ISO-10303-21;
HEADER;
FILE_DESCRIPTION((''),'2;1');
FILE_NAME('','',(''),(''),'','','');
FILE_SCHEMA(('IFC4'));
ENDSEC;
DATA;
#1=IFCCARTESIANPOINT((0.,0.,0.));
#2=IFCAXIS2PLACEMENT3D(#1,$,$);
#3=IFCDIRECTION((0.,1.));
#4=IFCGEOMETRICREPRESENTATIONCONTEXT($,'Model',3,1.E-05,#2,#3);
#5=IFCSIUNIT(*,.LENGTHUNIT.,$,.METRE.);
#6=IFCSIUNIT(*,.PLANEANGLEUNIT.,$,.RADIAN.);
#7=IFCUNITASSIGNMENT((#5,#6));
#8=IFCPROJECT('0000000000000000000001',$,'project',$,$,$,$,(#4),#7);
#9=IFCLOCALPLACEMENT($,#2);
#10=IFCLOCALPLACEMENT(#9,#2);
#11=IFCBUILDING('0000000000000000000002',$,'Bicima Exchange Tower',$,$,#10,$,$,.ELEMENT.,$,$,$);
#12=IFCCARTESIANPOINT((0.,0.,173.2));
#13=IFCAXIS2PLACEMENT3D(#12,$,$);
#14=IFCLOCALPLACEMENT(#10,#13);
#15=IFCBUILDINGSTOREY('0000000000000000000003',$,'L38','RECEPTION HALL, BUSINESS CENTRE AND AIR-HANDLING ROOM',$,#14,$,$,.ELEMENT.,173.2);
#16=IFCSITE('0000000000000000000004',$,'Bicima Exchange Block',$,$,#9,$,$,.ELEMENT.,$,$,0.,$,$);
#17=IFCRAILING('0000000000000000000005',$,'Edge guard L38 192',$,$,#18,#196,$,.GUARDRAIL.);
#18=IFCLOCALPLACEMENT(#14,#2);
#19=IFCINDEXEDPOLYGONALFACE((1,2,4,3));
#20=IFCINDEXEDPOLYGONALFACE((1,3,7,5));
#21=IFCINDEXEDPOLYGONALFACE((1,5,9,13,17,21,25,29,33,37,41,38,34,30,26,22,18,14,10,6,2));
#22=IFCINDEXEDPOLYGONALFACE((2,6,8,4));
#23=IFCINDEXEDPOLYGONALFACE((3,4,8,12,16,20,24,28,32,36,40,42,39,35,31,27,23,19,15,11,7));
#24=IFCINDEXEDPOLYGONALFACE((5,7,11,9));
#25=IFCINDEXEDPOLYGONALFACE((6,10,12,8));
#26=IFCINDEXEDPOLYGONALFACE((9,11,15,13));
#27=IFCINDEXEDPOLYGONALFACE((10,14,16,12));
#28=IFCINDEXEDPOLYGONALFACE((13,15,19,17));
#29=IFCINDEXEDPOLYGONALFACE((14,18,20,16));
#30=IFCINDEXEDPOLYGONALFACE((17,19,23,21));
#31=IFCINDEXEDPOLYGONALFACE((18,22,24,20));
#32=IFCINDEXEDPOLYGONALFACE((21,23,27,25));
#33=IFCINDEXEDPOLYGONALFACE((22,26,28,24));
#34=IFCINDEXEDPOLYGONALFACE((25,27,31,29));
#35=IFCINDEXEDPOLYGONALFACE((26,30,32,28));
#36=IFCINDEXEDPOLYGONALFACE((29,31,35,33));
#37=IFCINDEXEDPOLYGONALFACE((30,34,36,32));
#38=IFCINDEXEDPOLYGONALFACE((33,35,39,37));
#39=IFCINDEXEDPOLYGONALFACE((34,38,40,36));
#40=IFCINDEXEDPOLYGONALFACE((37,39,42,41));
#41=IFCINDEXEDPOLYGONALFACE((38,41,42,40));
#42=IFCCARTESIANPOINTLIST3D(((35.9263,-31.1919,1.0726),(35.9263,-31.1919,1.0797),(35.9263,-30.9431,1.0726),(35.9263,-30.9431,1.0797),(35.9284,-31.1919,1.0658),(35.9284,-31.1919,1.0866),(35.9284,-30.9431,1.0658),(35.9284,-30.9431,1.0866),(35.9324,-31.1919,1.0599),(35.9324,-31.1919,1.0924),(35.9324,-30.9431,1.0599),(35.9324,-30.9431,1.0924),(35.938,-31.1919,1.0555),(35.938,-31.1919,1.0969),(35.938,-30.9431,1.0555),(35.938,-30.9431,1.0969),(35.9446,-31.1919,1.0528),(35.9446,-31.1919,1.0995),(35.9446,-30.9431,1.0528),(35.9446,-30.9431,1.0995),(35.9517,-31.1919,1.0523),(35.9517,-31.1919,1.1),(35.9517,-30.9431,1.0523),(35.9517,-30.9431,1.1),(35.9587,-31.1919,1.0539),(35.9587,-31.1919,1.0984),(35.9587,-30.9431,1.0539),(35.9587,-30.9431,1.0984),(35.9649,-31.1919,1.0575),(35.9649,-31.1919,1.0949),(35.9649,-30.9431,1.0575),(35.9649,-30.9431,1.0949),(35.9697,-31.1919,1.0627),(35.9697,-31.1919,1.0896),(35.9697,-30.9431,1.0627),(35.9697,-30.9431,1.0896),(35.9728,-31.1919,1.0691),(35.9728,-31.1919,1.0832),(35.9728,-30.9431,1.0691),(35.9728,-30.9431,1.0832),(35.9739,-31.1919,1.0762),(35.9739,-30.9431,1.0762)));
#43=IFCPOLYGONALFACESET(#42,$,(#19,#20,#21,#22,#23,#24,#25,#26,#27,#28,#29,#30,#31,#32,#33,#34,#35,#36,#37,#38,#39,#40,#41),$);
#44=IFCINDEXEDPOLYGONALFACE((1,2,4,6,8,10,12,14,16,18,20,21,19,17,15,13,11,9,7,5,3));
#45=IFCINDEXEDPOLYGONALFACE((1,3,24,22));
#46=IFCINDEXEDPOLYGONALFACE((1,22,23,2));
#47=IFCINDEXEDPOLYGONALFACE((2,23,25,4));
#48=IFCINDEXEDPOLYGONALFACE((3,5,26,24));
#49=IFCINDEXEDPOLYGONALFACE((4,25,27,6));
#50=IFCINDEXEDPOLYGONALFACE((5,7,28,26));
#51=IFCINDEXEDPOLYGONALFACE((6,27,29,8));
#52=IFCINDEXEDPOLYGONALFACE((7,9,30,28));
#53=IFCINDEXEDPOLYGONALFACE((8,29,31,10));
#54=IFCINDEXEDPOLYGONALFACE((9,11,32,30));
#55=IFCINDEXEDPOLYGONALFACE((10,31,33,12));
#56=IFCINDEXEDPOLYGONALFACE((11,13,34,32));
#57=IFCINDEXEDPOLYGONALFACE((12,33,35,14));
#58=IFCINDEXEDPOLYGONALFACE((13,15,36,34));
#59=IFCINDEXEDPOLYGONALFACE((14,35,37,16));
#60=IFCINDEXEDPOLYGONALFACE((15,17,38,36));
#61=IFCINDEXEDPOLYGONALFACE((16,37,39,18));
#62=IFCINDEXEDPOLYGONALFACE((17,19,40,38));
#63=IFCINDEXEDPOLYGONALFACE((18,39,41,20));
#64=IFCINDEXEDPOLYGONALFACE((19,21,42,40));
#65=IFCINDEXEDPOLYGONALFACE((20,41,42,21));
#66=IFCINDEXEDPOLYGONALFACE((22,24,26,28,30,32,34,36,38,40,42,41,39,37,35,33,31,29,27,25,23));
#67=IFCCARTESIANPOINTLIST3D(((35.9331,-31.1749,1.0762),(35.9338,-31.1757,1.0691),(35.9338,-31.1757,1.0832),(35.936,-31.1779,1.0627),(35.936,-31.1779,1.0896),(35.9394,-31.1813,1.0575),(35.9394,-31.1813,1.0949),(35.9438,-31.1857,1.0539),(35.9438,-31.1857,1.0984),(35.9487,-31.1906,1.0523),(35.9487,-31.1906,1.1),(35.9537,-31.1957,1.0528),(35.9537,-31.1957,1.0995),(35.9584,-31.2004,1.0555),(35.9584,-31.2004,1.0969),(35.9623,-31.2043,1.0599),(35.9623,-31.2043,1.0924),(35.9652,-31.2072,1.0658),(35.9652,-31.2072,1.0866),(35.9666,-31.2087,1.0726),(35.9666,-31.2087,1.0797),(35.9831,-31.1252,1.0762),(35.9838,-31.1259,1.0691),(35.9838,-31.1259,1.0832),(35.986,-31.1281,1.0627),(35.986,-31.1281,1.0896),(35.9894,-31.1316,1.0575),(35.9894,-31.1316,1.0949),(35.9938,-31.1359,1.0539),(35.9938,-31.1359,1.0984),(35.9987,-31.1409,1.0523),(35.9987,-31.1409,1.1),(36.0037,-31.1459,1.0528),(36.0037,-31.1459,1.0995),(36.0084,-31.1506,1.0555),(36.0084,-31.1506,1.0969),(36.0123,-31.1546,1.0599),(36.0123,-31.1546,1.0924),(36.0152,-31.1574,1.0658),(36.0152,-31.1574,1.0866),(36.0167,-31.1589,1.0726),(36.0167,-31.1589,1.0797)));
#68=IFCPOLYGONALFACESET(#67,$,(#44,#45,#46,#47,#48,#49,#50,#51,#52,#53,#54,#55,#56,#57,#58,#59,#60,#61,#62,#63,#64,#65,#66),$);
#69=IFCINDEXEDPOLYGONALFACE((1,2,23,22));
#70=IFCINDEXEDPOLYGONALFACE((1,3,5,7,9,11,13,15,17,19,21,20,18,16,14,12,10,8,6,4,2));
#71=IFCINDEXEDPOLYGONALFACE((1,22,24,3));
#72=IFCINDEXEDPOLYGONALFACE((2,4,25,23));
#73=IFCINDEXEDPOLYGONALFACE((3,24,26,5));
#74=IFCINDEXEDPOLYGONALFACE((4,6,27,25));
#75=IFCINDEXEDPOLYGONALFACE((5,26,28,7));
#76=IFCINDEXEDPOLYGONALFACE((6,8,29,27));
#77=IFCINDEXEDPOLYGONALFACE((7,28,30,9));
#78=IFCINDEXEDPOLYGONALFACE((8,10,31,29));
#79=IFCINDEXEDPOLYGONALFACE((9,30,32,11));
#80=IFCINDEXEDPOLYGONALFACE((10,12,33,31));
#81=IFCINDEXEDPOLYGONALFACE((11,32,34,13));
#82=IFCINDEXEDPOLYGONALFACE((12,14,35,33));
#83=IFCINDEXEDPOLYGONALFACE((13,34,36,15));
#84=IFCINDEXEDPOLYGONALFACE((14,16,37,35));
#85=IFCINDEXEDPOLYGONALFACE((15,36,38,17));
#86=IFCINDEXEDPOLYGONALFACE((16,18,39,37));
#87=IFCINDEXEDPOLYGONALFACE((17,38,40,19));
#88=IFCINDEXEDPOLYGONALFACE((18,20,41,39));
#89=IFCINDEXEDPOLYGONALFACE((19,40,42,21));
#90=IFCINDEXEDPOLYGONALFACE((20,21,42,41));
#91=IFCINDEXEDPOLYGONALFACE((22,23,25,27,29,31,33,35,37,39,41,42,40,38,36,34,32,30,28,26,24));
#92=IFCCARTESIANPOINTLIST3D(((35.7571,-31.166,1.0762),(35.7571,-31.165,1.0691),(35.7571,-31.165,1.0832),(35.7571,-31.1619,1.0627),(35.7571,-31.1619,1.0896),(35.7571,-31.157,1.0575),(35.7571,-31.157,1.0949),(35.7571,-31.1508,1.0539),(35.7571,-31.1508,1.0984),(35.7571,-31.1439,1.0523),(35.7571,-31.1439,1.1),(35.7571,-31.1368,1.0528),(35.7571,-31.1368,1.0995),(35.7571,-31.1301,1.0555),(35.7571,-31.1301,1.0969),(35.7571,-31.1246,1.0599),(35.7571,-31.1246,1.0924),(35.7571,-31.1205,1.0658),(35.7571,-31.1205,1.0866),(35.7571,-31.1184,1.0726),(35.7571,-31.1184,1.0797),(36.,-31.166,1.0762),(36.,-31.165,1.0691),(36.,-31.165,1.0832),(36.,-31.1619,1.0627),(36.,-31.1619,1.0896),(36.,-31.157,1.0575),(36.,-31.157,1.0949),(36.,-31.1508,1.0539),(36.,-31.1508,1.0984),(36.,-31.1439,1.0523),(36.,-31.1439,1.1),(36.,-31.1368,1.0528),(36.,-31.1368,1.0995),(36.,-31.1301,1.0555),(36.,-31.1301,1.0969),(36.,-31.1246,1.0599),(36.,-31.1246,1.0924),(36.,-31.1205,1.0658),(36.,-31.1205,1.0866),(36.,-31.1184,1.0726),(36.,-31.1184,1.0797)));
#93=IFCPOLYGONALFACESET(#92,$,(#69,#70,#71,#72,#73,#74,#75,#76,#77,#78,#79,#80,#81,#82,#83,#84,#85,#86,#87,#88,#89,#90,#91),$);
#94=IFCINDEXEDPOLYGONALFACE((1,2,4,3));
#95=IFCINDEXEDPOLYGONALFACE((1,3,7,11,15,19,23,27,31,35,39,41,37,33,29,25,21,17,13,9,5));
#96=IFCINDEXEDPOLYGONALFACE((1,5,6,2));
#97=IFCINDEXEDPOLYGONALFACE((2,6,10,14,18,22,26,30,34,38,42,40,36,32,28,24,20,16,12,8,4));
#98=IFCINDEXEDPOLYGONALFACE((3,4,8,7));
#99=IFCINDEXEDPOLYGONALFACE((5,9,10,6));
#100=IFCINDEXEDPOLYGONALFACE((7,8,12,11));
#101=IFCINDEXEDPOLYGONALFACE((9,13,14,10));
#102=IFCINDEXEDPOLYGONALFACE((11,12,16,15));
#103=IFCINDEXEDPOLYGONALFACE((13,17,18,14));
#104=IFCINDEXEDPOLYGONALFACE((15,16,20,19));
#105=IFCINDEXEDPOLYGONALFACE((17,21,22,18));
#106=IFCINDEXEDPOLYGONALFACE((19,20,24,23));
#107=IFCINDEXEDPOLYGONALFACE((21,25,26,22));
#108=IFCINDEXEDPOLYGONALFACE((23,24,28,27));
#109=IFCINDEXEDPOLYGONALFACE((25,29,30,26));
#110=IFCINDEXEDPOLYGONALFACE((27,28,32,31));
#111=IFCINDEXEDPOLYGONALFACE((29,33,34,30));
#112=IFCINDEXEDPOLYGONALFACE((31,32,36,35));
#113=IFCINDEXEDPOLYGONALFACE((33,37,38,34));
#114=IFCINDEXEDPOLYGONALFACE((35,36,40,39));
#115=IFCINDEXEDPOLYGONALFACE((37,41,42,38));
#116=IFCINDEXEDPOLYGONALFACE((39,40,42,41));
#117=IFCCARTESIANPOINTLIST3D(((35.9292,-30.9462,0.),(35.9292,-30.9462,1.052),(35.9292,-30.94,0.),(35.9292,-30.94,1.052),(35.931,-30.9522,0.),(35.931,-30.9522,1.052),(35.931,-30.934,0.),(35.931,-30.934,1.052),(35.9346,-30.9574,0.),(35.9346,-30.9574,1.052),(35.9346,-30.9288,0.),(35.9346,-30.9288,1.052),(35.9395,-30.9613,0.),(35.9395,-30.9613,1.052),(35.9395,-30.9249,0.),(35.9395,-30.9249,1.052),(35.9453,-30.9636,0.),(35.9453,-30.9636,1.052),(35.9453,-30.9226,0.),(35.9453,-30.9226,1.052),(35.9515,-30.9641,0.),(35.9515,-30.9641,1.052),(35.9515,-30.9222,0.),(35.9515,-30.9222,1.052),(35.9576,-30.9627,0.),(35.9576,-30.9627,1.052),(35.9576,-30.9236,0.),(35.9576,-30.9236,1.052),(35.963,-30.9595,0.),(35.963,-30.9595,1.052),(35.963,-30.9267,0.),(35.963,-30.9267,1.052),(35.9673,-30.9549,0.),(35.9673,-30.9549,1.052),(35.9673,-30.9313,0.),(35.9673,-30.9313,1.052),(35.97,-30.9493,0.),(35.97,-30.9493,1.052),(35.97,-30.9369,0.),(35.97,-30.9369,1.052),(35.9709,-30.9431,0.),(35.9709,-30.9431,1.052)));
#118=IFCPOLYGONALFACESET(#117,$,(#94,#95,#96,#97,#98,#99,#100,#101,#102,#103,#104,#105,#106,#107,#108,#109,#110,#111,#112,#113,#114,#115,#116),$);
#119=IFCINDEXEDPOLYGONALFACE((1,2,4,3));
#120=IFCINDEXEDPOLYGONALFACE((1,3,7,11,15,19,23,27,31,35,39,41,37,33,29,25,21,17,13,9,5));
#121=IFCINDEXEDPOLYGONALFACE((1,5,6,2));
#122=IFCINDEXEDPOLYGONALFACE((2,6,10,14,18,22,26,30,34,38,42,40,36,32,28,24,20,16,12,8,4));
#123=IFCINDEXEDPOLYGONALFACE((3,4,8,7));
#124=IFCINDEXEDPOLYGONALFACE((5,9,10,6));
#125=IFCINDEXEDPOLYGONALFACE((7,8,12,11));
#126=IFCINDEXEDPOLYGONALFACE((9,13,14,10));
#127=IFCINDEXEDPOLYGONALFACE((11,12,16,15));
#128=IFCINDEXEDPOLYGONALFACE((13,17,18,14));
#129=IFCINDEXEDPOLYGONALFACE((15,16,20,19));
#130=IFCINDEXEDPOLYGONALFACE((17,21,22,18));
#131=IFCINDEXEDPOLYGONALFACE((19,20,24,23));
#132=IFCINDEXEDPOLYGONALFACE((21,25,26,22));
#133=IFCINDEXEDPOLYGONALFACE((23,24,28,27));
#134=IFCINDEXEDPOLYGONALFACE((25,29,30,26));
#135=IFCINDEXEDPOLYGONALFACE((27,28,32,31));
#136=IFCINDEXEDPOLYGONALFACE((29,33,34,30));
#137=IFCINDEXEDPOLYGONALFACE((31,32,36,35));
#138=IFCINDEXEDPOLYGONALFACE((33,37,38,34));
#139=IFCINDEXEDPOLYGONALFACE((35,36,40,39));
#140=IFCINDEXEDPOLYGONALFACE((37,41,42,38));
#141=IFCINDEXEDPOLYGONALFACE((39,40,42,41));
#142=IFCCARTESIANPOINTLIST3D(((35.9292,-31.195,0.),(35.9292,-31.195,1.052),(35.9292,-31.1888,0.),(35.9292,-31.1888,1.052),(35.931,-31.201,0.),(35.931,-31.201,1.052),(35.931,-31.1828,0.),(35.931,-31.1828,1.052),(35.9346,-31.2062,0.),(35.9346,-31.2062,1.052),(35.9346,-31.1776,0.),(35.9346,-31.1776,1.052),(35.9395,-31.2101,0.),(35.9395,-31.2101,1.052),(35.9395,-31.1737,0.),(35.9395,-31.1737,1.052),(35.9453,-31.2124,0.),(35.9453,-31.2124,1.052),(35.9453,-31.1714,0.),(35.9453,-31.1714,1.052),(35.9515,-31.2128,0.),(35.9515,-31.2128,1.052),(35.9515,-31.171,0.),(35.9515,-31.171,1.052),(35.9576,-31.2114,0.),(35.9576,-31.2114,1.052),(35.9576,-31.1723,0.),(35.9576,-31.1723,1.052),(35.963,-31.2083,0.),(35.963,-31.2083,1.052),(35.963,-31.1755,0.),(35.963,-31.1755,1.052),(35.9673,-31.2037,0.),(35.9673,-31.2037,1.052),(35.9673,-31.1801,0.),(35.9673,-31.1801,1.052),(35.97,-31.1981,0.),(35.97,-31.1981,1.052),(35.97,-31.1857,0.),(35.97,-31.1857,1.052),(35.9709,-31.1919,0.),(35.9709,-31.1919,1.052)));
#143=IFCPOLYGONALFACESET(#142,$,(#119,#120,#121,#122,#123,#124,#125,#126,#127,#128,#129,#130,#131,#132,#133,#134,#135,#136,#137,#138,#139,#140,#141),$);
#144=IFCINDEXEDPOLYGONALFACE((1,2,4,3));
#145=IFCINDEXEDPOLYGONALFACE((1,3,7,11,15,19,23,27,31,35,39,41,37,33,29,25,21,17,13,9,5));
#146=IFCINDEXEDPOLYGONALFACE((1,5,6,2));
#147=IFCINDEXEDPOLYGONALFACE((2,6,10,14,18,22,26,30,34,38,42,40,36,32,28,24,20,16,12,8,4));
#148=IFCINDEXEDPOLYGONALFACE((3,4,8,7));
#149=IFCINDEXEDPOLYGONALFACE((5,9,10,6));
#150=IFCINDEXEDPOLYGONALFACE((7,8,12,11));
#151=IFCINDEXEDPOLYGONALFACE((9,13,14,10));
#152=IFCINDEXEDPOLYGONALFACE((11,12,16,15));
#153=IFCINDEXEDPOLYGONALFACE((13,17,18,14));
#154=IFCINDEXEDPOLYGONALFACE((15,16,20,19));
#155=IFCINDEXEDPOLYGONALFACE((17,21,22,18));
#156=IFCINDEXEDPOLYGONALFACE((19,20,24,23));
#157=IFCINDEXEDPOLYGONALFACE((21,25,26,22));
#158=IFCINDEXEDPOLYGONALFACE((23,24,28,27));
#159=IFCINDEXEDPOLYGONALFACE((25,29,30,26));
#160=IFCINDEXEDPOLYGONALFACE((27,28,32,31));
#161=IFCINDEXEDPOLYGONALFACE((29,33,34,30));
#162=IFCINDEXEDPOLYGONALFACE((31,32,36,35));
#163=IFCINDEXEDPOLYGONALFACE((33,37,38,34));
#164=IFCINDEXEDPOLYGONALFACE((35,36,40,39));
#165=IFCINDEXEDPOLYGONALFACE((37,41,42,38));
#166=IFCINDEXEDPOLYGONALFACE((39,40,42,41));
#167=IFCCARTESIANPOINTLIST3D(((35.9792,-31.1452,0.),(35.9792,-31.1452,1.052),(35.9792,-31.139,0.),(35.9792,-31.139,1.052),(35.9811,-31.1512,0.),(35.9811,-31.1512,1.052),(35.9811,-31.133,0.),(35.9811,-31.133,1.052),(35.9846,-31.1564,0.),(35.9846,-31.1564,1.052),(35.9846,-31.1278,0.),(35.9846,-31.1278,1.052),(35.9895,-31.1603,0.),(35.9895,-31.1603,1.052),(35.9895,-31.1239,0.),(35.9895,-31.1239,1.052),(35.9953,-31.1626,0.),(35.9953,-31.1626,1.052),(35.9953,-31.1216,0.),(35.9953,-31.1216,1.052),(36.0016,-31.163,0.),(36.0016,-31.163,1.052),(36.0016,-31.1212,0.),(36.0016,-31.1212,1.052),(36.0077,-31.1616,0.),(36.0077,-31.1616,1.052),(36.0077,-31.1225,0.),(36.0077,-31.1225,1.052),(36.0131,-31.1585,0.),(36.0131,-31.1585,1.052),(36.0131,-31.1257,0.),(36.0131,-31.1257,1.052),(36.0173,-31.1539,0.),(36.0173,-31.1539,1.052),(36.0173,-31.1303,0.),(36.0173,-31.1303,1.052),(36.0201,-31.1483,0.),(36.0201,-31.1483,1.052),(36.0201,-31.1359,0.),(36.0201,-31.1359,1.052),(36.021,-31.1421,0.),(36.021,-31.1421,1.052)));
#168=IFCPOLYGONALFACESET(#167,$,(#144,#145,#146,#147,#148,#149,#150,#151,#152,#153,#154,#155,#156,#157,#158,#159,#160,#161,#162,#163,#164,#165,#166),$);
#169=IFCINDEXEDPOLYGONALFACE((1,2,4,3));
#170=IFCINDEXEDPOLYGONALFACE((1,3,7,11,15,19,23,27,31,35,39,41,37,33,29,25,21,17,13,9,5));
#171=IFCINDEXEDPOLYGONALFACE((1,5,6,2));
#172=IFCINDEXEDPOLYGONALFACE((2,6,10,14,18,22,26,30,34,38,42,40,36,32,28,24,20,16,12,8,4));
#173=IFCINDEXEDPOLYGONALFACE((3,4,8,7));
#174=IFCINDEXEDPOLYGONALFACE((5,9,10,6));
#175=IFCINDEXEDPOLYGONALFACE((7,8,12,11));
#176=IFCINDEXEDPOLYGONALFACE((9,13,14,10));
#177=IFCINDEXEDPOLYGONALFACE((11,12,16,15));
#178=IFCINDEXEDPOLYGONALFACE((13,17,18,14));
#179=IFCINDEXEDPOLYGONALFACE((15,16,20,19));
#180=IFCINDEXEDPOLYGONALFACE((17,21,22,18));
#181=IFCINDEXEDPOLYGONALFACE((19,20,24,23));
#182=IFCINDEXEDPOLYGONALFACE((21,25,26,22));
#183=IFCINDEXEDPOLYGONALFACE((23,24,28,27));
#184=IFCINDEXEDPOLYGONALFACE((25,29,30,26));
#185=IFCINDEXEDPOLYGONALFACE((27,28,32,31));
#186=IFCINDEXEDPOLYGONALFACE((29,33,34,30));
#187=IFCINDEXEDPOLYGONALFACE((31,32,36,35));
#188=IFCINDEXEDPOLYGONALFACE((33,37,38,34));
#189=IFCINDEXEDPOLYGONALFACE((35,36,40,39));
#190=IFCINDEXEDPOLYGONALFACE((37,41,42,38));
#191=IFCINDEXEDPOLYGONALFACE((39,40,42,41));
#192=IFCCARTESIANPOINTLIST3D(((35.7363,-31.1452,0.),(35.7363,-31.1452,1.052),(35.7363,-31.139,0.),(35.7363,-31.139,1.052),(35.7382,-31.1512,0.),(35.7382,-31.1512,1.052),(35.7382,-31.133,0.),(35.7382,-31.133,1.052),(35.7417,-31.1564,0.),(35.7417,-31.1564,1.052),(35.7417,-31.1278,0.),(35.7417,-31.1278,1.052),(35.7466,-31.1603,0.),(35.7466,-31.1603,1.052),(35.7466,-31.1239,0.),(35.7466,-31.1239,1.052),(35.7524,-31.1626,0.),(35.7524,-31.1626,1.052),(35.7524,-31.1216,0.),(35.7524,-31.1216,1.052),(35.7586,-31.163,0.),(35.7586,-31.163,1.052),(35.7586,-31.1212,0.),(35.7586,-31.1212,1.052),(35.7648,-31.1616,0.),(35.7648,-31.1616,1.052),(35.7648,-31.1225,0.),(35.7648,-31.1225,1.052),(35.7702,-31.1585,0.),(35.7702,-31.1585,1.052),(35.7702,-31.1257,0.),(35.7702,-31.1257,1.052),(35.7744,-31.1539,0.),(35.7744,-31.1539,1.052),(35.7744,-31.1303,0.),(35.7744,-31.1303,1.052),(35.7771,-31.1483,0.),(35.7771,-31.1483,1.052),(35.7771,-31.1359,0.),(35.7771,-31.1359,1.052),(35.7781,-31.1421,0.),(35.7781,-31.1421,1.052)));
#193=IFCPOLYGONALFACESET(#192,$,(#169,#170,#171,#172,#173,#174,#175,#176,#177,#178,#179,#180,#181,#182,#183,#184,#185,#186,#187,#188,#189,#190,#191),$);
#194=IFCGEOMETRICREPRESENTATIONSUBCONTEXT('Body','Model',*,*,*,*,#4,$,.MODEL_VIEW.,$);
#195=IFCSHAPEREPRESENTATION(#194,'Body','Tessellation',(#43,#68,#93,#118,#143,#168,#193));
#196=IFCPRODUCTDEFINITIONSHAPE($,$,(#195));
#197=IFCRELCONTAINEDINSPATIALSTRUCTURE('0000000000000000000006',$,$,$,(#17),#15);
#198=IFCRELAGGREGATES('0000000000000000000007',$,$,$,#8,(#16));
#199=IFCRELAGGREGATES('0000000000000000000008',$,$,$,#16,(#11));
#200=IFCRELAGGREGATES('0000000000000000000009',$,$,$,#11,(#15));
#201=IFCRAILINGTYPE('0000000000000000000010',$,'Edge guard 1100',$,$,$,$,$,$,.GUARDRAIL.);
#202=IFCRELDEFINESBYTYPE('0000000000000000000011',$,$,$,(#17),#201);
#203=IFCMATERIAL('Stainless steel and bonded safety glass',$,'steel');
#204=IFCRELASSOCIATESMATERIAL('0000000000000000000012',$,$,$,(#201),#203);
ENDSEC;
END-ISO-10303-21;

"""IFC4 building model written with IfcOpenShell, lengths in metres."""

from ifc_helpers import new_model, si_unit, direction, frame, origin, origin_2d, place, context, subcontext, project, spatial, circle, extrude, material, type_object, element, save


model = new_model("IFC4")

# Units and contexts
model_context = context("Model", 3, precision=1e-05, world=origin(), true_north=direction((0.0, 1.0)))
body_context = subcontext(model_context, "Body", "Model", "MODEL_VIEW")
ifc_project = project(units=[si_unit("LENGTHUNIT", "METRE"), si_unit("PLANEANGLEUNIT", "RADIAN")], contexts=[model_context])

# Site, building, storey
site_placement = place(None, origin())
site = spatial("IfcSite", under=ifc_project, at=site_placement, Name="Bicima Exchange Block", CompositionType="ELEMENT", RefElevation=0.0)
building_placement = place(site_placement, origin())
building = spatial("IfcBuilding", under=site, at=building_placement, Name="Bicima Exchange Tower", CompositionType="ELEMENT")
storey_placement = place(building_placement, frame((0.0, 0.0, 173.2)))
storey = spatial("IfcBuildingStorey", under=building, at=storey_placement, Name="L38", Description="RECEPTION HALL, BUSINESS CENTRE AND AIR-HANDLING ROOM", CompositionType="ELEMENT", Elevation=173.2)

# Railing
ifc_material_1 = material(Name="Stainless steel and bonded safety glass", Category="steel")
railing_type = type_object("IfcRailingType", Name="Edge guard 1100", PredefinedType="GUARDRAIL", material=ifc_material_1)
railing_placement = place(storey_placement, frame((35.95, -30.9431, 0.0)))
element("IfcRailing", 1, at=railing_placement, inside=storey, type_object=railing_type, Name="Edge guard L38 192", PredefinedType="GUARDRAIL", context=body_context, shape_type="SweptSolid", body=[
    extrude(circle(Radius=0.0239, at=origin_2d()), frame((0.0, 0.0, 1.0762), z_axis=(0.0, -1.0, 0.0), x_axis=(1.0, 0.0, 0.0)), (0.0, 0.0, 1.0), 0.2488),
    extrude(circle(Radius=0.0239, at=origin_2d()), frame((0.0, -0.2488, 1.0762), z_axis=(0.708834, 0.705376, 0.0), x_axis=(-0.705376, 0.708834, 0.0)), (0.0, 0.0, 1.0), 0.0706),
    extrude(circle(Radius=0.0239, at=origin_2d()), frame((0.05, -0.199, 1.0762), z_axis=(-1.0, 0.0, 0.0), x_axis=(0.0, -1.0, 0.0)), (0.0, 0.0, 1.0), 0.2429),
    extrude(circle(Radius=0.021, at=origin_2d()), origin(), (0.0, 0.0, 1.0), 1.052),
    extrude(circle(Radius=0.021, at=origin_2d()), frame((0.0, -0.2488, 0.0)), (0.0, 0.0, 1.0), 1.052),
    extrude(circle(Radius=0.021, at=origin_2d()), frame((0.05, -0.199, 0.0)), (0.0, 0.0, 1.0), 1.052),
    extrude(circle(Radius=0.021, at=origin_2d()), frame((-0.1929, -0.199, 0.0)), (0.0, 0.0, 1.0), 1.052),
])

save(model, "model.ifc")
